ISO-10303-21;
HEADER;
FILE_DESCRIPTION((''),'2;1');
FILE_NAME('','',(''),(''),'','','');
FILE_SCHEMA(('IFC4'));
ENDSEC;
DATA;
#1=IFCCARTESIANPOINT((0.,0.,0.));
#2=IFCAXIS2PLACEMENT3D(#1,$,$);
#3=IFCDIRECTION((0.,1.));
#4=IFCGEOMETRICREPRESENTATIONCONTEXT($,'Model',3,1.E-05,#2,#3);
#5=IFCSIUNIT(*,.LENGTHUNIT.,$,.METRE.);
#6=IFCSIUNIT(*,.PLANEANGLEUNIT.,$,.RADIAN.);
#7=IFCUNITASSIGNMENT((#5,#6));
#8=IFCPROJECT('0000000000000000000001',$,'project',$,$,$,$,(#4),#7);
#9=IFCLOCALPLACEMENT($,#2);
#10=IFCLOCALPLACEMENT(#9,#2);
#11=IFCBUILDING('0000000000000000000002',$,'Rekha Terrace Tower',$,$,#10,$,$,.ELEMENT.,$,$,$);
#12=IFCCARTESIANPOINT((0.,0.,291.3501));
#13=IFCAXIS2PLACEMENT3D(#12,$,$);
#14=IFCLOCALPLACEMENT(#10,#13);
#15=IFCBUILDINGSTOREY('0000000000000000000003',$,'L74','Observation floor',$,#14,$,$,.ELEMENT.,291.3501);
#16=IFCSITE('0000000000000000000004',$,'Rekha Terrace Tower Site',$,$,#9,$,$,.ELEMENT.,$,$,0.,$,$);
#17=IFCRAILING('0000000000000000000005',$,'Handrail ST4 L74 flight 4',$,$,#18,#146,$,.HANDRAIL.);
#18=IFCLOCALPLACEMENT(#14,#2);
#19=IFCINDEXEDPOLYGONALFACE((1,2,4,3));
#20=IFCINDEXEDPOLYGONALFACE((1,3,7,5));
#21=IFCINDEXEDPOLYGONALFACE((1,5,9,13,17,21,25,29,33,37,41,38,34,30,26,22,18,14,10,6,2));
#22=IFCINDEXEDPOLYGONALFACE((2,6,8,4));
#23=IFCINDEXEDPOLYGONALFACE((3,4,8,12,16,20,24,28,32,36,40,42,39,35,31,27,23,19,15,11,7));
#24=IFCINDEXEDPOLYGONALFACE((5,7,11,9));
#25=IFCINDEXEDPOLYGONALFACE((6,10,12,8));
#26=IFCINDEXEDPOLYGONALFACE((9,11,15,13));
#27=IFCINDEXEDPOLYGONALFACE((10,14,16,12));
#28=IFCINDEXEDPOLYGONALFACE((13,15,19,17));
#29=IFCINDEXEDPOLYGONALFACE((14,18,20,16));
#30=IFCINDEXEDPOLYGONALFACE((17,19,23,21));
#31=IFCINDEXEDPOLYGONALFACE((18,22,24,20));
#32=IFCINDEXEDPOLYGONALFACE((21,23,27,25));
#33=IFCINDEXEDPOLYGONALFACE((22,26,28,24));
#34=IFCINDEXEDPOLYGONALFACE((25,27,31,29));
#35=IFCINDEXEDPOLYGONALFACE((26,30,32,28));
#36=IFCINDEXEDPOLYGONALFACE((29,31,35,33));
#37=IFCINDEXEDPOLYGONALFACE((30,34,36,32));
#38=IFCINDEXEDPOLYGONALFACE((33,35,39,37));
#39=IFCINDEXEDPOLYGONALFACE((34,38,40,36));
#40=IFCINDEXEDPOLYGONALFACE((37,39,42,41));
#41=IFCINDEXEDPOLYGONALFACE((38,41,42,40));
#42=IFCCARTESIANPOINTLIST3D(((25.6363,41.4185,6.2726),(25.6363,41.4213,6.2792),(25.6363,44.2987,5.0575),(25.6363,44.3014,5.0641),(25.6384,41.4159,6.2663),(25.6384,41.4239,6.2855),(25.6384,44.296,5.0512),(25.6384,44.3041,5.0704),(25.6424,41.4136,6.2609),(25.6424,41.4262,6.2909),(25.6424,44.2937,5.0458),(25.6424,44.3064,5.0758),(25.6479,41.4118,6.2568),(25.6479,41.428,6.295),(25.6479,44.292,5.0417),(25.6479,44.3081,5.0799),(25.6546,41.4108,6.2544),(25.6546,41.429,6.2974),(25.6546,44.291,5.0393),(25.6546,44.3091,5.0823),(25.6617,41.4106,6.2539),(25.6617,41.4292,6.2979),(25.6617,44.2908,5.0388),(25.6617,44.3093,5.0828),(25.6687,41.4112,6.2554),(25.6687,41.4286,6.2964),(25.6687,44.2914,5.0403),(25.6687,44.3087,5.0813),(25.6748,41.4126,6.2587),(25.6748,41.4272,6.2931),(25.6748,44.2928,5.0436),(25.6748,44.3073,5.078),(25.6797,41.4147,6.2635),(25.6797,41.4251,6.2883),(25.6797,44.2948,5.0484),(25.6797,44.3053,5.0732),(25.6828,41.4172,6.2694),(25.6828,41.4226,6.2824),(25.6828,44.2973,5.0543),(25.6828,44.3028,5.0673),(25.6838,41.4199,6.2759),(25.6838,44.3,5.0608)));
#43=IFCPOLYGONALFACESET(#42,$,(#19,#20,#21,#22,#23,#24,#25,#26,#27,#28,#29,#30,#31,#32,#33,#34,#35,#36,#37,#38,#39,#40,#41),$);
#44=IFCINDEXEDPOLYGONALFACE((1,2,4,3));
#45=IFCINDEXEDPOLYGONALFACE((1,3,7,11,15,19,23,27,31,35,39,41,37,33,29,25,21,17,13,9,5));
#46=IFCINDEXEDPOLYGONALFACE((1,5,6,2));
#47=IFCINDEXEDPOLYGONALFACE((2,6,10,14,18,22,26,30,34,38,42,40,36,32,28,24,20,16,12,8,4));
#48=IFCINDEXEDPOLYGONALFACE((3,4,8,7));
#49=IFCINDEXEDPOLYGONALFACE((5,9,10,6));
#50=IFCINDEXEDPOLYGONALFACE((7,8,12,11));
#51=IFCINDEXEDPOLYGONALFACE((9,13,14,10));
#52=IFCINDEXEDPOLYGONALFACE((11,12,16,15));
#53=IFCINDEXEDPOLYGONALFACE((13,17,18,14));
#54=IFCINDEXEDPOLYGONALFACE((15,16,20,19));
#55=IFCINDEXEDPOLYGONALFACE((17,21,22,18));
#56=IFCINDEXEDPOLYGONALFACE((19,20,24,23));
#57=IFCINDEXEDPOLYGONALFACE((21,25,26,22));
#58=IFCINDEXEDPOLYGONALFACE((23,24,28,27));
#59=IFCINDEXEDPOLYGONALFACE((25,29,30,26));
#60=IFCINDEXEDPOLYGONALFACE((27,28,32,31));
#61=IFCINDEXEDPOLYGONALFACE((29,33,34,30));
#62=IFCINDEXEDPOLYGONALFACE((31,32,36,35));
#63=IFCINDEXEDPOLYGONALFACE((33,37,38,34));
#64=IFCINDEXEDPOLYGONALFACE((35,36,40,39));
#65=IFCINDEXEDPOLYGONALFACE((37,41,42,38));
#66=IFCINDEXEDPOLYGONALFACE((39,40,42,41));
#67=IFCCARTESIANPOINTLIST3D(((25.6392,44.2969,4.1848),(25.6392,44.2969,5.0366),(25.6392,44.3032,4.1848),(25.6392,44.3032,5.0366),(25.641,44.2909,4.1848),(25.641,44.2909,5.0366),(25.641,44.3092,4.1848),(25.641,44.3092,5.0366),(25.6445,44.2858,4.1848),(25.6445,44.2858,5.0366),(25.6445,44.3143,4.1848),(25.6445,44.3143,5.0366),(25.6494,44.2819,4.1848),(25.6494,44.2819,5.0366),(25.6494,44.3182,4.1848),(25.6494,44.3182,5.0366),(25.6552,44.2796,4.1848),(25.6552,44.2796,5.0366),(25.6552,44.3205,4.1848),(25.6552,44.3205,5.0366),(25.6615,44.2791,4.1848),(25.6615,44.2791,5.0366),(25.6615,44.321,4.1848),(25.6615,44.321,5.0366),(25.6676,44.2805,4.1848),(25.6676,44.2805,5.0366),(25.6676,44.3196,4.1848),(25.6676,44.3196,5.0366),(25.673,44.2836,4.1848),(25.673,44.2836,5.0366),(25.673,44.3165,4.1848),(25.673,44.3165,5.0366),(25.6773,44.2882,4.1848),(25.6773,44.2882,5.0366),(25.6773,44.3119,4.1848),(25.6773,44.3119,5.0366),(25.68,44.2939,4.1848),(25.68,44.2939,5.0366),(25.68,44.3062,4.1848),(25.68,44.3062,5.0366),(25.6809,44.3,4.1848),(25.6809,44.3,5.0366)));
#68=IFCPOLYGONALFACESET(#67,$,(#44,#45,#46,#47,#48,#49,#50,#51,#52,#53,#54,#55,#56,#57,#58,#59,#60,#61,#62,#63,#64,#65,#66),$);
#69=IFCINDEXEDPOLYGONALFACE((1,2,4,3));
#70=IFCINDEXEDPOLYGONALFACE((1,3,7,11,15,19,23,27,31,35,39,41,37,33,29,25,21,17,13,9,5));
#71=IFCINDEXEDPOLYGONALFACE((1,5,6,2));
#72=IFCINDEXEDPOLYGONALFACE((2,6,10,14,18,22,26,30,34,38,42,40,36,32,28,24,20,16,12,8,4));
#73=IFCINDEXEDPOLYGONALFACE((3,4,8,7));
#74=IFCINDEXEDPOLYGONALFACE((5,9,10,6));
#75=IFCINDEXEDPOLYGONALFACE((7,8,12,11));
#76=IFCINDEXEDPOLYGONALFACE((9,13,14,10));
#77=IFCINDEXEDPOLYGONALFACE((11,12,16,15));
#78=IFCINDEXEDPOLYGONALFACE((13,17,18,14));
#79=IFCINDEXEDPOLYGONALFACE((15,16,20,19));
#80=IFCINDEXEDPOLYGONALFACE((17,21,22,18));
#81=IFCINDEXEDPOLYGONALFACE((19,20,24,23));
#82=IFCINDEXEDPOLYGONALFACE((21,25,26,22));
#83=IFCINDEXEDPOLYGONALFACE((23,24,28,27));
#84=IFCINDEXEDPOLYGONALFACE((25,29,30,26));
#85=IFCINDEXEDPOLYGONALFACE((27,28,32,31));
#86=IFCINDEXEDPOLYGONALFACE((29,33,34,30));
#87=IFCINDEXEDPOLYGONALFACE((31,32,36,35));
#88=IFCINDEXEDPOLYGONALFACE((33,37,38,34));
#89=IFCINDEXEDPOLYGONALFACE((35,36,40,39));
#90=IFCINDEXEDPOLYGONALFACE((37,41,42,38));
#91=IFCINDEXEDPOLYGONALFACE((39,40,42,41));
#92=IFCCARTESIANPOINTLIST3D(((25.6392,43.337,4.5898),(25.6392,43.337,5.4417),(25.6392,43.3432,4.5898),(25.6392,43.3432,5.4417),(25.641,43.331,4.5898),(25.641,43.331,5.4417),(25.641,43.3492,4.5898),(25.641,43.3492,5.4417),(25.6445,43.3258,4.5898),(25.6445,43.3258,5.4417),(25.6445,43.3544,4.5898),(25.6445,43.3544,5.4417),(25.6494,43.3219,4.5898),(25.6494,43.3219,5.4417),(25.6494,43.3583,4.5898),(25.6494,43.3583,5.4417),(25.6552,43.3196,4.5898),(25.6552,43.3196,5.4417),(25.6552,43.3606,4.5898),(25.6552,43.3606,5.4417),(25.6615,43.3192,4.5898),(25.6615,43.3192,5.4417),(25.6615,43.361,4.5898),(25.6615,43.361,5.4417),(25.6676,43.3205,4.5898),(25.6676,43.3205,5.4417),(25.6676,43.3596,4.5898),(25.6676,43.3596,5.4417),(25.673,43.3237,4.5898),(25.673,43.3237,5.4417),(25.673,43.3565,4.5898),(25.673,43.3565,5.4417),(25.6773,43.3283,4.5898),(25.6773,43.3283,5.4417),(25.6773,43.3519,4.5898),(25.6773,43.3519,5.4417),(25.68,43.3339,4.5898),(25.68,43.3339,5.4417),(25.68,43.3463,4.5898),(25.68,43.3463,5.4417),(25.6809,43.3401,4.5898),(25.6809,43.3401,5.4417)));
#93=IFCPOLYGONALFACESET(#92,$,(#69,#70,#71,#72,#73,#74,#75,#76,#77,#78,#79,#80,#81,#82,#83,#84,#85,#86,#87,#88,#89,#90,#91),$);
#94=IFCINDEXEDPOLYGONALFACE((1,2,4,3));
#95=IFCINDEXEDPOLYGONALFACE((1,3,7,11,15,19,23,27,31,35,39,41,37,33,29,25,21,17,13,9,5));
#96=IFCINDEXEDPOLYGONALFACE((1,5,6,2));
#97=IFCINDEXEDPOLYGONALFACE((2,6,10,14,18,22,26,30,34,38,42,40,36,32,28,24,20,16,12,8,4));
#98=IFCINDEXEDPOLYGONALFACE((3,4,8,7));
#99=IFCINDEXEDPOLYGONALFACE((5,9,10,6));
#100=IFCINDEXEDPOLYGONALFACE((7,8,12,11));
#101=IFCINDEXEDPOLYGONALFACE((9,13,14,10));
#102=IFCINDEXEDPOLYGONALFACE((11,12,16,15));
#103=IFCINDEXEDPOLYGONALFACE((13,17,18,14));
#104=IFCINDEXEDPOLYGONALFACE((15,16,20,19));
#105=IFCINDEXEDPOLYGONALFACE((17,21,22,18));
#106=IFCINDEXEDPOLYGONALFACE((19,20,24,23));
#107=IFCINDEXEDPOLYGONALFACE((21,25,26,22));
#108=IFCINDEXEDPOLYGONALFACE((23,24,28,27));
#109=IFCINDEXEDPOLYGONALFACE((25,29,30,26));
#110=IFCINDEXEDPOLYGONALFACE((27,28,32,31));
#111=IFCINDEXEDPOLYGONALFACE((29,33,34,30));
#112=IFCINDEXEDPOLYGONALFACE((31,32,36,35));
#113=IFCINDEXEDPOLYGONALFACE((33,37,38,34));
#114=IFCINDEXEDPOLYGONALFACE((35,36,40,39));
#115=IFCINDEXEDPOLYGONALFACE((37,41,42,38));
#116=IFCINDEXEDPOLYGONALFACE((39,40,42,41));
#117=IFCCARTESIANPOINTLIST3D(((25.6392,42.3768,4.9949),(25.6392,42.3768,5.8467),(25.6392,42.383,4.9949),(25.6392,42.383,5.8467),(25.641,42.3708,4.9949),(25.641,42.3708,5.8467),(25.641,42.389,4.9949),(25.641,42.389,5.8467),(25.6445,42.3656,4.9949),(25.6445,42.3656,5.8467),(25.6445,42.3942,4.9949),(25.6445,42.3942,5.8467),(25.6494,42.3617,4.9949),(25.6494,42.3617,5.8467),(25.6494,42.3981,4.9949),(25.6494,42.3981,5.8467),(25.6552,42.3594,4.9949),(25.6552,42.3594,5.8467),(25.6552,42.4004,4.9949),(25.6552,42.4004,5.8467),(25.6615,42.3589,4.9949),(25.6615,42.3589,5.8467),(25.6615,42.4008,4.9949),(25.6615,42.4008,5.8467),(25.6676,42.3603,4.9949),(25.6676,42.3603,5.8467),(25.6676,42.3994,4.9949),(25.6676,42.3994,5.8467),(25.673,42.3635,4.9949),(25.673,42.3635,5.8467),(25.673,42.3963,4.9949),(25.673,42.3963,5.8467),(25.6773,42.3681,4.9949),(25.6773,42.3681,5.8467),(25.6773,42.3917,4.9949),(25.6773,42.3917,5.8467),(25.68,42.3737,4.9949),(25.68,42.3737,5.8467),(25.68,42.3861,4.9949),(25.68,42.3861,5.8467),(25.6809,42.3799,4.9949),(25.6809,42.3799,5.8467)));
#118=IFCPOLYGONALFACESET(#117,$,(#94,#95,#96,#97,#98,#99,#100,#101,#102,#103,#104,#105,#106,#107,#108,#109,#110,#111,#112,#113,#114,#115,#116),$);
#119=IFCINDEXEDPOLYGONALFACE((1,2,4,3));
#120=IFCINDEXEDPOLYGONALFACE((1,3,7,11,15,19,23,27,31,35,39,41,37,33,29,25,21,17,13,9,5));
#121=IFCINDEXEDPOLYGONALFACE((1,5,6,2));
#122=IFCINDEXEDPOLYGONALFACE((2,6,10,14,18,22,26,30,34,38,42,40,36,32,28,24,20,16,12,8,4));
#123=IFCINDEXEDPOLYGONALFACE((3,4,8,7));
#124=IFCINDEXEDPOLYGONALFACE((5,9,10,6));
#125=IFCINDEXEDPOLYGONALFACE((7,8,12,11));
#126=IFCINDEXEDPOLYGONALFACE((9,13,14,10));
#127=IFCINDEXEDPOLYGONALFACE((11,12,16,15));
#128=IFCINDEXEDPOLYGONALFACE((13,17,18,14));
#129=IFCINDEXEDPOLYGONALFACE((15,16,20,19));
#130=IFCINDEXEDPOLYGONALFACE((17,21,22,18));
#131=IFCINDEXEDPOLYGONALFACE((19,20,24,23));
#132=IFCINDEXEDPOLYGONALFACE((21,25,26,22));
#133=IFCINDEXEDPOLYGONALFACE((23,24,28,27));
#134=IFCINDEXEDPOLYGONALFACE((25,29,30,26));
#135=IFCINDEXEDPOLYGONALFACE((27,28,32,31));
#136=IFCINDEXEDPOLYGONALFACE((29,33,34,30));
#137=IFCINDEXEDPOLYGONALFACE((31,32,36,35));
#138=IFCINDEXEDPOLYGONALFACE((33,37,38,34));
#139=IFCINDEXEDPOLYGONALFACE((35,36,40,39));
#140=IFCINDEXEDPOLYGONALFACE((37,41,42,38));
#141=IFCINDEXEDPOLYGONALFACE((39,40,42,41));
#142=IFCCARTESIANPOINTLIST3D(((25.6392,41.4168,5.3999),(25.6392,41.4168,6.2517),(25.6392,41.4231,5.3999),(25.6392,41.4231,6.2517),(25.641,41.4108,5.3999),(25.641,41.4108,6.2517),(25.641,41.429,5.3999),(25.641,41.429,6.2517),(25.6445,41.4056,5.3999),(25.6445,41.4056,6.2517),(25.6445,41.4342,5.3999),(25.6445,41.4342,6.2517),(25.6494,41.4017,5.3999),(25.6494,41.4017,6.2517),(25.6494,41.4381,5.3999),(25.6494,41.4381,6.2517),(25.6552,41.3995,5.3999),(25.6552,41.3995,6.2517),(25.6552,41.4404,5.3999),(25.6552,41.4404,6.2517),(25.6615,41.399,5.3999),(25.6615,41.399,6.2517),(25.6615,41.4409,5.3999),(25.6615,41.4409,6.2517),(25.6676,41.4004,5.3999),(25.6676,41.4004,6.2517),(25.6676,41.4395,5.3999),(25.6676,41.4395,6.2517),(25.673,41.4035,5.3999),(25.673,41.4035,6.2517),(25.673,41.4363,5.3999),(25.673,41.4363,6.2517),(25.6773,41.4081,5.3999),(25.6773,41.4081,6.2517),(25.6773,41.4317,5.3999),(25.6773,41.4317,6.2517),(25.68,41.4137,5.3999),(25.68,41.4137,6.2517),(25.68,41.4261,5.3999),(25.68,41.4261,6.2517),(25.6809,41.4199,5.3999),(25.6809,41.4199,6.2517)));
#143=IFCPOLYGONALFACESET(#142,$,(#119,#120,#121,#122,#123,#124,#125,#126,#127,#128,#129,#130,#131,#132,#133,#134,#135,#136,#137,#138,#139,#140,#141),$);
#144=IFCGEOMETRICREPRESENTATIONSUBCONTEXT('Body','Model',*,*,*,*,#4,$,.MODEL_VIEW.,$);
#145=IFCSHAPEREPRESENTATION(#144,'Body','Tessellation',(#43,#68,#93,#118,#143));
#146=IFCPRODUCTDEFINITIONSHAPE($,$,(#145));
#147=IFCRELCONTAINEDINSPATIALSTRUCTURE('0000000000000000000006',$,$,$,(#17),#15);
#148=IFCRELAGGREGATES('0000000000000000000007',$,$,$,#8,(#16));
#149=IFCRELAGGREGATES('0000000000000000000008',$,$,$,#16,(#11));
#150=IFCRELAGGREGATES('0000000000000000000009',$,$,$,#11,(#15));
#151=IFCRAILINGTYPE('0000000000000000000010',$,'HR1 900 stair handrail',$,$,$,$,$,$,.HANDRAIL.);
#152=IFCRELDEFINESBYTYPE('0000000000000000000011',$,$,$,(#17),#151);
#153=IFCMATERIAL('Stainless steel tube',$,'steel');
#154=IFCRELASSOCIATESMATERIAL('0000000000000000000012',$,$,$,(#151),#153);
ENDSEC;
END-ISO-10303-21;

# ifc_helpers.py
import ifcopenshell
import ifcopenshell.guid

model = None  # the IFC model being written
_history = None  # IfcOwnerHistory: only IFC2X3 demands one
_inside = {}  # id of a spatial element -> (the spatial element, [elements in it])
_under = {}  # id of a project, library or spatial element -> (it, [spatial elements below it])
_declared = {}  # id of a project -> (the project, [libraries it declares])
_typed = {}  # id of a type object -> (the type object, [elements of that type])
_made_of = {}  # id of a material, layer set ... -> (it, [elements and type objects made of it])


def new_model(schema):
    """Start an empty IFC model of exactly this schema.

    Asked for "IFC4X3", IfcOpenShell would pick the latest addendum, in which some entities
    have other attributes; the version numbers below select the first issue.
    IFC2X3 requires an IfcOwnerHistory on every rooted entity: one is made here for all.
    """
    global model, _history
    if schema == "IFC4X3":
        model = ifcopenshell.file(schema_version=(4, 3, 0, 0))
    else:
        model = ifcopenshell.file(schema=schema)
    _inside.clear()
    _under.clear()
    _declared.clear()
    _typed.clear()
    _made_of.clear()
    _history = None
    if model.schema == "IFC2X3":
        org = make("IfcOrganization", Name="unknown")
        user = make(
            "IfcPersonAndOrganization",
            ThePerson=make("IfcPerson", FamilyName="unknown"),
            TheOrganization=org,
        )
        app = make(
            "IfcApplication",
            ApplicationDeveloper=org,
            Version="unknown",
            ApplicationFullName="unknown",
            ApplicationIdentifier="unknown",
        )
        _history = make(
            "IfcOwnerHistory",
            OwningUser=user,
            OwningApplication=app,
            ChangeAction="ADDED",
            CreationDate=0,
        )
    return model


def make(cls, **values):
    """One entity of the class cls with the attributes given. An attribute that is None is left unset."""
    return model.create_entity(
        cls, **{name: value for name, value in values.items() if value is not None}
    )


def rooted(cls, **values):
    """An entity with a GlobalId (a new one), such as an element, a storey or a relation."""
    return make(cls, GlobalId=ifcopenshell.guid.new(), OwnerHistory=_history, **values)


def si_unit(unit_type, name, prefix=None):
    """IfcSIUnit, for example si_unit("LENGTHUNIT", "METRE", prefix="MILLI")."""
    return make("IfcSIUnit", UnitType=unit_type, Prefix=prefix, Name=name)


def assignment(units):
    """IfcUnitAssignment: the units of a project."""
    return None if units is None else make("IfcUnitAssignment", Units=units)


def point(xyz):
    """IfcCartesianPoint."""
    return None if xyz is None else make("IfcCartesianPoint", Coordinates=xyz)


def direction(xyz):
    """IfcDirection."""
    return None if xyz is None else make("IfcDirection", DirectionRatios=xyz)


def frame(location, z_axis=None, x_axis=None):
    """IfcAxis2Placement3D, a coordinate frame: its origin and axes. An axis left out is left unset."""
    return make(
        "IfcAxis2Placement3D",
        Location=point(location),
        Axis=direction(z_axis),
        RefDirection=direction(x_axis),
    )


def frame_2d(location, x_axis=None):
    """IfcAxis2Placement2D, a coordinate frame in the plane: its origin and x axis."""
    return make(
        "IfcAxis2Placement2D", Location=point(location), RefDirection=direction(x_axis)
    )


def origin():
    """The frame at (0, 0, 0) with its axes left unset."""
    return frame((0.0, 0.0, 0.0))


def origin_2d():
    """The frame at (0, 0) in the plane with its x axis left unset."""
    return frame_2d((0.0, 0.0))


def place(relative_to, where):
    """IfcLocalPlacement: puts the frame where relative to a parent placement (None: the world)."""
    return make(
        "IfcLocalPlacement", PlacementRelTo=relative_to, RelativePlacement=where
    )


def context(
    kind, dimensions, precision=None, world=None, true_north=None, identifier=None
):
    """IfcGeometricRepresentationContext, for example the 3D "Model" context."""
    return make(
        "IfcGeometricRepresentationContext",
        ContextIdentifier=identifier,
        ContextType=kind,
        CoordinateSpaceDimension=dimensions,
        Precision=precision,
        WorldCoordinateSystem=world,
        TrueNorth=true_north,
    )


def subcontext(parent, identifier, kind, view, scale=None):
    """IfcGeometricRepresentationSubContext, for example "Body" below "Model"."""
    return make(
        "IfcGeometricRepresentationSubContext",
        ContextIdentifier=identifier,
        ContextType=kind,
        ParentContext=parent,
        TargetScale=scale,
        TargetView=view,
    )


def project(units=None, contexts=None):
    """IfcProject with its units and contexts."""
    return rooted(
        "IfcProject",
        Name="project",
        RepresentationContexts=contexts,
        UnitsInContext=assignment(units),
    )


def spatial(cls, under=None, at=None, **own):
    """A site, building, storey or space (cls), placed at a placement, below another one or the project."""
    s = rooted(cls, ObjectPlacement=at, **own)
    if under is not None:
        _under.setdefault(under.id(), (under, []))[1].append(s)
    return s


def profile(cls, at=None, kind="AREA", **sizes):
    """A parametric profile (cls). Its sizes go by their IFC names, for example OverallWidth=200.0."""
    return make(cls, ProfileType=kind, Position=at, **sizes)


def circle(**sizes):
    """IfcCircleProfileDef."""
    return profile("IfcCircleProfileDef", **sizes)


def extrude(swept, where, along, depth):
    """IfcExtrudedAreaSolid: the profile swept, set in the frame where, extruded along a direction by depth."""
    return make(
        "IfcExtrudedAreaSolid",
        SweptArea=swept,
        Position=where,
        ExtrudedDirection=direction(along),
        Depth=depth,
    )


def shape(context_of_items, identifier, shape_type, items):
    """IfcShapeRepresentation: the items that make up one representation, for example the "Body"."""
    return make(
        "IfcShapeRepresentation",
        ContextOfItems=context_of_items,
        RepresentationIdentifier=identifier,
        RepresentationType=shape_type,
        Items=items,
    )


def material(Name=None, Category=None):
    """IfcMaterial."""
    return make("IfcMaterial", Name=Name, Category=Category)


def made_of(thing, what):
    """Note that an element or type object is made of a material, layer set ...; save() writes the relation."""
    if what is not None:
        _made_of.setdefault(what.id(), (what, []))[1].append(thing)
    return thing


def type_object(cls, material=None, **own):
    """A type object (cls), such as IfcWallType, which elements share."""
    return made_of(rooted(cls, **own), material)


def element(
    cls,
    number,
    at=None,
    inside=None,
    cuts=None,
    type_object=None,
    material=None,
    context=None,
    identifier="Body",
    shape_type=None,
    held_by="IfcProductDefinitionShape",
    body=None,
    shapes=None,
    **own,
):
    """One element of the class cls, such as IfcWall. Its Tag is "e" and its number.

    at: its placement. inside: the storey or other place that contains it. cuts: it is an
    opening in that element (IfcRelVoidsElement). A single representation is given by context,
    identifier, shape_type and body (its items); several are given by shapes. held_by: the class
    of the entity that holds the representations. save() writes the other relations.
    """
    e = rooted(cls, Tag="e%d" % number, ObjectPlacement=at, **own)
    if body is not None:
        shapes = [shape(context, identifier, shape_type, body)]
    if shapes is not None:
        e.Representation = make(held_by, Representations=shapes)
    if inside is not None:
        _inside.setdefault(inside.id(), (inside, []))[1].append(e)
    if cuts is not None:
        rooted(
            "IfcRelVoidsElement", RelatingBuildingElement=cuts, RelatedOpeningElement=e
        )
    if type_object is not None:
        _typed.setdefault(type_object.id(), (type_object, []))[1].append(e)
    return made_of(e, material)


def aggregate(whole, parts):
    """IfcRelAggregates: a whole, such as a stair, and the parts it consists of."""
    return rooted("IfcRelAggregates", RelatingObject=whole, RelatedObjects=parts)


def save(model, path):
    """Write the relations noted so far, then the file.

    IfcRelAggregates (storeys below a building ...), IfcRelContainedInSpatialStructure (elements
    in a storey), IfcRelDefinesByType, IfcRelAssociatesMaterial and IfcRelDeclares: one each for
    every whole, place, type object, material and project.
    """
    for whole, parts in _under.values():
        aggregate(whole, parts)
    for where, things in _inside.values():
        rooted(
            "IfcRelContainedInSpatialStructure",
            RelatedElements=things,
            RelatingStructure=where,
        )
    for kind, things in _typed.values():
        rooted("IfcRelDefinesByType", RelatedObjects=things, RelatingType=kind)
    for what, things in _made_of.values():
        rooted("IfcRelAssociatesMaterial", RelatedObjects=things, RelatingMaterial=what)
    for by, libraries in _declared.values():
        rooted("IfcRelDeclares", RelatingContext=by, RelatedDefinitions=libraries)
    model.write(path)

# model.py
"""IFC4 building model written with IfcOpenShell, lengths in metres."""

from ifc_helpers import new_model, si_unit, direction, frame, origin, origin_2d, place, context, subcontext, project, spatial, circle, extrude, material, type_object, element, save


model = new_model("IFC4")

# Units and contexts
model_context = context("Model", 3, precision=1e-05, world=origin(), true_north=direction((0.0, 1.0)))
body_context = subcontext(model_context, "Body", "Model", "MODEL_VIEW")
ifc_project = project(units=[si_unit("LENGTHUNIT", "METRE"), si_unit("PLANEANGLEUNIT", "RADIAN")], contexts=[model_context])

# Site, building, storey
site_placement = place(None, origin())
site = spatial("IfcSite", under=ifc_project, at=site_placement, Name="Rekha Terrace Tower Site", CompositionType="ELEMENT", RefElevation=0.0)
building_placement = place(site_placement, origin())
building = spatial("IfcBuilding", under=site, at=building_placement, Name="Rekha Terrace Tower", CompositionType="ELEMENT")
storey_placement = place(building_placement, frame((0.0, 0.0, 291.3501)))
storey = spatial("IfcBuildingStorey", under=building, at=storey_placement, Name="L74", Description="Observation floor", CompositionType="ELEMENT", Elevation=291.3501)

# Railing
ifc_material_1 = material(Name="Stainless steel tube", Category="steel")
railing_type_1 = type_object("IfcRailingType", Name="HR1 900 stair handrail", PredefinedType="HANDRAIL", material=ifc_material_1)
railing_1_placement = place(storey_placement, frame((25.6599, 44.3, 4.1848)))
element("IfcRailing", 1, at=railing_1_placement, inside=storey, type_object=railing_type_1, Name="Handrail ST4 L74 flight 4", PredefinedType="HANDRAIL", context=body_context, shape_type="SweptSolid", body=[
    extrude(circle(Radius=0.0239, at=origin_2d()), frame((0.0, 0.0, 0.876), z_axis=(0.0, -0.92136, 0.38871), x_axis=(1.0, 0.0, 0.0)), (0.0, 0.0, 1.0), 3.126),
    extrude(circle(Radius=0.021, at=origin_2d()), origin(), (0.0, 0.0, 1.0), 0.8518),
    extrude(circle(Radius=0.021, at=origin_2d()), frame((0.0, -0.96, 0.405)), (0.0, 0.0, 1.0), 0.8518),
    extrude(circle(Radius=0.021, at=origin_2d()), frame((0.0, -1.9202, 0.8101)), (0.0, 0.0, 1.0), 0.8518),
    extrude(circle(Radius=0.021, at=origin_2d()), frame((0.0, -2.8801, 1.2151)), (0.0, 0.0, 1.0), 0.8518),
])

save(model, "model.ifc")
